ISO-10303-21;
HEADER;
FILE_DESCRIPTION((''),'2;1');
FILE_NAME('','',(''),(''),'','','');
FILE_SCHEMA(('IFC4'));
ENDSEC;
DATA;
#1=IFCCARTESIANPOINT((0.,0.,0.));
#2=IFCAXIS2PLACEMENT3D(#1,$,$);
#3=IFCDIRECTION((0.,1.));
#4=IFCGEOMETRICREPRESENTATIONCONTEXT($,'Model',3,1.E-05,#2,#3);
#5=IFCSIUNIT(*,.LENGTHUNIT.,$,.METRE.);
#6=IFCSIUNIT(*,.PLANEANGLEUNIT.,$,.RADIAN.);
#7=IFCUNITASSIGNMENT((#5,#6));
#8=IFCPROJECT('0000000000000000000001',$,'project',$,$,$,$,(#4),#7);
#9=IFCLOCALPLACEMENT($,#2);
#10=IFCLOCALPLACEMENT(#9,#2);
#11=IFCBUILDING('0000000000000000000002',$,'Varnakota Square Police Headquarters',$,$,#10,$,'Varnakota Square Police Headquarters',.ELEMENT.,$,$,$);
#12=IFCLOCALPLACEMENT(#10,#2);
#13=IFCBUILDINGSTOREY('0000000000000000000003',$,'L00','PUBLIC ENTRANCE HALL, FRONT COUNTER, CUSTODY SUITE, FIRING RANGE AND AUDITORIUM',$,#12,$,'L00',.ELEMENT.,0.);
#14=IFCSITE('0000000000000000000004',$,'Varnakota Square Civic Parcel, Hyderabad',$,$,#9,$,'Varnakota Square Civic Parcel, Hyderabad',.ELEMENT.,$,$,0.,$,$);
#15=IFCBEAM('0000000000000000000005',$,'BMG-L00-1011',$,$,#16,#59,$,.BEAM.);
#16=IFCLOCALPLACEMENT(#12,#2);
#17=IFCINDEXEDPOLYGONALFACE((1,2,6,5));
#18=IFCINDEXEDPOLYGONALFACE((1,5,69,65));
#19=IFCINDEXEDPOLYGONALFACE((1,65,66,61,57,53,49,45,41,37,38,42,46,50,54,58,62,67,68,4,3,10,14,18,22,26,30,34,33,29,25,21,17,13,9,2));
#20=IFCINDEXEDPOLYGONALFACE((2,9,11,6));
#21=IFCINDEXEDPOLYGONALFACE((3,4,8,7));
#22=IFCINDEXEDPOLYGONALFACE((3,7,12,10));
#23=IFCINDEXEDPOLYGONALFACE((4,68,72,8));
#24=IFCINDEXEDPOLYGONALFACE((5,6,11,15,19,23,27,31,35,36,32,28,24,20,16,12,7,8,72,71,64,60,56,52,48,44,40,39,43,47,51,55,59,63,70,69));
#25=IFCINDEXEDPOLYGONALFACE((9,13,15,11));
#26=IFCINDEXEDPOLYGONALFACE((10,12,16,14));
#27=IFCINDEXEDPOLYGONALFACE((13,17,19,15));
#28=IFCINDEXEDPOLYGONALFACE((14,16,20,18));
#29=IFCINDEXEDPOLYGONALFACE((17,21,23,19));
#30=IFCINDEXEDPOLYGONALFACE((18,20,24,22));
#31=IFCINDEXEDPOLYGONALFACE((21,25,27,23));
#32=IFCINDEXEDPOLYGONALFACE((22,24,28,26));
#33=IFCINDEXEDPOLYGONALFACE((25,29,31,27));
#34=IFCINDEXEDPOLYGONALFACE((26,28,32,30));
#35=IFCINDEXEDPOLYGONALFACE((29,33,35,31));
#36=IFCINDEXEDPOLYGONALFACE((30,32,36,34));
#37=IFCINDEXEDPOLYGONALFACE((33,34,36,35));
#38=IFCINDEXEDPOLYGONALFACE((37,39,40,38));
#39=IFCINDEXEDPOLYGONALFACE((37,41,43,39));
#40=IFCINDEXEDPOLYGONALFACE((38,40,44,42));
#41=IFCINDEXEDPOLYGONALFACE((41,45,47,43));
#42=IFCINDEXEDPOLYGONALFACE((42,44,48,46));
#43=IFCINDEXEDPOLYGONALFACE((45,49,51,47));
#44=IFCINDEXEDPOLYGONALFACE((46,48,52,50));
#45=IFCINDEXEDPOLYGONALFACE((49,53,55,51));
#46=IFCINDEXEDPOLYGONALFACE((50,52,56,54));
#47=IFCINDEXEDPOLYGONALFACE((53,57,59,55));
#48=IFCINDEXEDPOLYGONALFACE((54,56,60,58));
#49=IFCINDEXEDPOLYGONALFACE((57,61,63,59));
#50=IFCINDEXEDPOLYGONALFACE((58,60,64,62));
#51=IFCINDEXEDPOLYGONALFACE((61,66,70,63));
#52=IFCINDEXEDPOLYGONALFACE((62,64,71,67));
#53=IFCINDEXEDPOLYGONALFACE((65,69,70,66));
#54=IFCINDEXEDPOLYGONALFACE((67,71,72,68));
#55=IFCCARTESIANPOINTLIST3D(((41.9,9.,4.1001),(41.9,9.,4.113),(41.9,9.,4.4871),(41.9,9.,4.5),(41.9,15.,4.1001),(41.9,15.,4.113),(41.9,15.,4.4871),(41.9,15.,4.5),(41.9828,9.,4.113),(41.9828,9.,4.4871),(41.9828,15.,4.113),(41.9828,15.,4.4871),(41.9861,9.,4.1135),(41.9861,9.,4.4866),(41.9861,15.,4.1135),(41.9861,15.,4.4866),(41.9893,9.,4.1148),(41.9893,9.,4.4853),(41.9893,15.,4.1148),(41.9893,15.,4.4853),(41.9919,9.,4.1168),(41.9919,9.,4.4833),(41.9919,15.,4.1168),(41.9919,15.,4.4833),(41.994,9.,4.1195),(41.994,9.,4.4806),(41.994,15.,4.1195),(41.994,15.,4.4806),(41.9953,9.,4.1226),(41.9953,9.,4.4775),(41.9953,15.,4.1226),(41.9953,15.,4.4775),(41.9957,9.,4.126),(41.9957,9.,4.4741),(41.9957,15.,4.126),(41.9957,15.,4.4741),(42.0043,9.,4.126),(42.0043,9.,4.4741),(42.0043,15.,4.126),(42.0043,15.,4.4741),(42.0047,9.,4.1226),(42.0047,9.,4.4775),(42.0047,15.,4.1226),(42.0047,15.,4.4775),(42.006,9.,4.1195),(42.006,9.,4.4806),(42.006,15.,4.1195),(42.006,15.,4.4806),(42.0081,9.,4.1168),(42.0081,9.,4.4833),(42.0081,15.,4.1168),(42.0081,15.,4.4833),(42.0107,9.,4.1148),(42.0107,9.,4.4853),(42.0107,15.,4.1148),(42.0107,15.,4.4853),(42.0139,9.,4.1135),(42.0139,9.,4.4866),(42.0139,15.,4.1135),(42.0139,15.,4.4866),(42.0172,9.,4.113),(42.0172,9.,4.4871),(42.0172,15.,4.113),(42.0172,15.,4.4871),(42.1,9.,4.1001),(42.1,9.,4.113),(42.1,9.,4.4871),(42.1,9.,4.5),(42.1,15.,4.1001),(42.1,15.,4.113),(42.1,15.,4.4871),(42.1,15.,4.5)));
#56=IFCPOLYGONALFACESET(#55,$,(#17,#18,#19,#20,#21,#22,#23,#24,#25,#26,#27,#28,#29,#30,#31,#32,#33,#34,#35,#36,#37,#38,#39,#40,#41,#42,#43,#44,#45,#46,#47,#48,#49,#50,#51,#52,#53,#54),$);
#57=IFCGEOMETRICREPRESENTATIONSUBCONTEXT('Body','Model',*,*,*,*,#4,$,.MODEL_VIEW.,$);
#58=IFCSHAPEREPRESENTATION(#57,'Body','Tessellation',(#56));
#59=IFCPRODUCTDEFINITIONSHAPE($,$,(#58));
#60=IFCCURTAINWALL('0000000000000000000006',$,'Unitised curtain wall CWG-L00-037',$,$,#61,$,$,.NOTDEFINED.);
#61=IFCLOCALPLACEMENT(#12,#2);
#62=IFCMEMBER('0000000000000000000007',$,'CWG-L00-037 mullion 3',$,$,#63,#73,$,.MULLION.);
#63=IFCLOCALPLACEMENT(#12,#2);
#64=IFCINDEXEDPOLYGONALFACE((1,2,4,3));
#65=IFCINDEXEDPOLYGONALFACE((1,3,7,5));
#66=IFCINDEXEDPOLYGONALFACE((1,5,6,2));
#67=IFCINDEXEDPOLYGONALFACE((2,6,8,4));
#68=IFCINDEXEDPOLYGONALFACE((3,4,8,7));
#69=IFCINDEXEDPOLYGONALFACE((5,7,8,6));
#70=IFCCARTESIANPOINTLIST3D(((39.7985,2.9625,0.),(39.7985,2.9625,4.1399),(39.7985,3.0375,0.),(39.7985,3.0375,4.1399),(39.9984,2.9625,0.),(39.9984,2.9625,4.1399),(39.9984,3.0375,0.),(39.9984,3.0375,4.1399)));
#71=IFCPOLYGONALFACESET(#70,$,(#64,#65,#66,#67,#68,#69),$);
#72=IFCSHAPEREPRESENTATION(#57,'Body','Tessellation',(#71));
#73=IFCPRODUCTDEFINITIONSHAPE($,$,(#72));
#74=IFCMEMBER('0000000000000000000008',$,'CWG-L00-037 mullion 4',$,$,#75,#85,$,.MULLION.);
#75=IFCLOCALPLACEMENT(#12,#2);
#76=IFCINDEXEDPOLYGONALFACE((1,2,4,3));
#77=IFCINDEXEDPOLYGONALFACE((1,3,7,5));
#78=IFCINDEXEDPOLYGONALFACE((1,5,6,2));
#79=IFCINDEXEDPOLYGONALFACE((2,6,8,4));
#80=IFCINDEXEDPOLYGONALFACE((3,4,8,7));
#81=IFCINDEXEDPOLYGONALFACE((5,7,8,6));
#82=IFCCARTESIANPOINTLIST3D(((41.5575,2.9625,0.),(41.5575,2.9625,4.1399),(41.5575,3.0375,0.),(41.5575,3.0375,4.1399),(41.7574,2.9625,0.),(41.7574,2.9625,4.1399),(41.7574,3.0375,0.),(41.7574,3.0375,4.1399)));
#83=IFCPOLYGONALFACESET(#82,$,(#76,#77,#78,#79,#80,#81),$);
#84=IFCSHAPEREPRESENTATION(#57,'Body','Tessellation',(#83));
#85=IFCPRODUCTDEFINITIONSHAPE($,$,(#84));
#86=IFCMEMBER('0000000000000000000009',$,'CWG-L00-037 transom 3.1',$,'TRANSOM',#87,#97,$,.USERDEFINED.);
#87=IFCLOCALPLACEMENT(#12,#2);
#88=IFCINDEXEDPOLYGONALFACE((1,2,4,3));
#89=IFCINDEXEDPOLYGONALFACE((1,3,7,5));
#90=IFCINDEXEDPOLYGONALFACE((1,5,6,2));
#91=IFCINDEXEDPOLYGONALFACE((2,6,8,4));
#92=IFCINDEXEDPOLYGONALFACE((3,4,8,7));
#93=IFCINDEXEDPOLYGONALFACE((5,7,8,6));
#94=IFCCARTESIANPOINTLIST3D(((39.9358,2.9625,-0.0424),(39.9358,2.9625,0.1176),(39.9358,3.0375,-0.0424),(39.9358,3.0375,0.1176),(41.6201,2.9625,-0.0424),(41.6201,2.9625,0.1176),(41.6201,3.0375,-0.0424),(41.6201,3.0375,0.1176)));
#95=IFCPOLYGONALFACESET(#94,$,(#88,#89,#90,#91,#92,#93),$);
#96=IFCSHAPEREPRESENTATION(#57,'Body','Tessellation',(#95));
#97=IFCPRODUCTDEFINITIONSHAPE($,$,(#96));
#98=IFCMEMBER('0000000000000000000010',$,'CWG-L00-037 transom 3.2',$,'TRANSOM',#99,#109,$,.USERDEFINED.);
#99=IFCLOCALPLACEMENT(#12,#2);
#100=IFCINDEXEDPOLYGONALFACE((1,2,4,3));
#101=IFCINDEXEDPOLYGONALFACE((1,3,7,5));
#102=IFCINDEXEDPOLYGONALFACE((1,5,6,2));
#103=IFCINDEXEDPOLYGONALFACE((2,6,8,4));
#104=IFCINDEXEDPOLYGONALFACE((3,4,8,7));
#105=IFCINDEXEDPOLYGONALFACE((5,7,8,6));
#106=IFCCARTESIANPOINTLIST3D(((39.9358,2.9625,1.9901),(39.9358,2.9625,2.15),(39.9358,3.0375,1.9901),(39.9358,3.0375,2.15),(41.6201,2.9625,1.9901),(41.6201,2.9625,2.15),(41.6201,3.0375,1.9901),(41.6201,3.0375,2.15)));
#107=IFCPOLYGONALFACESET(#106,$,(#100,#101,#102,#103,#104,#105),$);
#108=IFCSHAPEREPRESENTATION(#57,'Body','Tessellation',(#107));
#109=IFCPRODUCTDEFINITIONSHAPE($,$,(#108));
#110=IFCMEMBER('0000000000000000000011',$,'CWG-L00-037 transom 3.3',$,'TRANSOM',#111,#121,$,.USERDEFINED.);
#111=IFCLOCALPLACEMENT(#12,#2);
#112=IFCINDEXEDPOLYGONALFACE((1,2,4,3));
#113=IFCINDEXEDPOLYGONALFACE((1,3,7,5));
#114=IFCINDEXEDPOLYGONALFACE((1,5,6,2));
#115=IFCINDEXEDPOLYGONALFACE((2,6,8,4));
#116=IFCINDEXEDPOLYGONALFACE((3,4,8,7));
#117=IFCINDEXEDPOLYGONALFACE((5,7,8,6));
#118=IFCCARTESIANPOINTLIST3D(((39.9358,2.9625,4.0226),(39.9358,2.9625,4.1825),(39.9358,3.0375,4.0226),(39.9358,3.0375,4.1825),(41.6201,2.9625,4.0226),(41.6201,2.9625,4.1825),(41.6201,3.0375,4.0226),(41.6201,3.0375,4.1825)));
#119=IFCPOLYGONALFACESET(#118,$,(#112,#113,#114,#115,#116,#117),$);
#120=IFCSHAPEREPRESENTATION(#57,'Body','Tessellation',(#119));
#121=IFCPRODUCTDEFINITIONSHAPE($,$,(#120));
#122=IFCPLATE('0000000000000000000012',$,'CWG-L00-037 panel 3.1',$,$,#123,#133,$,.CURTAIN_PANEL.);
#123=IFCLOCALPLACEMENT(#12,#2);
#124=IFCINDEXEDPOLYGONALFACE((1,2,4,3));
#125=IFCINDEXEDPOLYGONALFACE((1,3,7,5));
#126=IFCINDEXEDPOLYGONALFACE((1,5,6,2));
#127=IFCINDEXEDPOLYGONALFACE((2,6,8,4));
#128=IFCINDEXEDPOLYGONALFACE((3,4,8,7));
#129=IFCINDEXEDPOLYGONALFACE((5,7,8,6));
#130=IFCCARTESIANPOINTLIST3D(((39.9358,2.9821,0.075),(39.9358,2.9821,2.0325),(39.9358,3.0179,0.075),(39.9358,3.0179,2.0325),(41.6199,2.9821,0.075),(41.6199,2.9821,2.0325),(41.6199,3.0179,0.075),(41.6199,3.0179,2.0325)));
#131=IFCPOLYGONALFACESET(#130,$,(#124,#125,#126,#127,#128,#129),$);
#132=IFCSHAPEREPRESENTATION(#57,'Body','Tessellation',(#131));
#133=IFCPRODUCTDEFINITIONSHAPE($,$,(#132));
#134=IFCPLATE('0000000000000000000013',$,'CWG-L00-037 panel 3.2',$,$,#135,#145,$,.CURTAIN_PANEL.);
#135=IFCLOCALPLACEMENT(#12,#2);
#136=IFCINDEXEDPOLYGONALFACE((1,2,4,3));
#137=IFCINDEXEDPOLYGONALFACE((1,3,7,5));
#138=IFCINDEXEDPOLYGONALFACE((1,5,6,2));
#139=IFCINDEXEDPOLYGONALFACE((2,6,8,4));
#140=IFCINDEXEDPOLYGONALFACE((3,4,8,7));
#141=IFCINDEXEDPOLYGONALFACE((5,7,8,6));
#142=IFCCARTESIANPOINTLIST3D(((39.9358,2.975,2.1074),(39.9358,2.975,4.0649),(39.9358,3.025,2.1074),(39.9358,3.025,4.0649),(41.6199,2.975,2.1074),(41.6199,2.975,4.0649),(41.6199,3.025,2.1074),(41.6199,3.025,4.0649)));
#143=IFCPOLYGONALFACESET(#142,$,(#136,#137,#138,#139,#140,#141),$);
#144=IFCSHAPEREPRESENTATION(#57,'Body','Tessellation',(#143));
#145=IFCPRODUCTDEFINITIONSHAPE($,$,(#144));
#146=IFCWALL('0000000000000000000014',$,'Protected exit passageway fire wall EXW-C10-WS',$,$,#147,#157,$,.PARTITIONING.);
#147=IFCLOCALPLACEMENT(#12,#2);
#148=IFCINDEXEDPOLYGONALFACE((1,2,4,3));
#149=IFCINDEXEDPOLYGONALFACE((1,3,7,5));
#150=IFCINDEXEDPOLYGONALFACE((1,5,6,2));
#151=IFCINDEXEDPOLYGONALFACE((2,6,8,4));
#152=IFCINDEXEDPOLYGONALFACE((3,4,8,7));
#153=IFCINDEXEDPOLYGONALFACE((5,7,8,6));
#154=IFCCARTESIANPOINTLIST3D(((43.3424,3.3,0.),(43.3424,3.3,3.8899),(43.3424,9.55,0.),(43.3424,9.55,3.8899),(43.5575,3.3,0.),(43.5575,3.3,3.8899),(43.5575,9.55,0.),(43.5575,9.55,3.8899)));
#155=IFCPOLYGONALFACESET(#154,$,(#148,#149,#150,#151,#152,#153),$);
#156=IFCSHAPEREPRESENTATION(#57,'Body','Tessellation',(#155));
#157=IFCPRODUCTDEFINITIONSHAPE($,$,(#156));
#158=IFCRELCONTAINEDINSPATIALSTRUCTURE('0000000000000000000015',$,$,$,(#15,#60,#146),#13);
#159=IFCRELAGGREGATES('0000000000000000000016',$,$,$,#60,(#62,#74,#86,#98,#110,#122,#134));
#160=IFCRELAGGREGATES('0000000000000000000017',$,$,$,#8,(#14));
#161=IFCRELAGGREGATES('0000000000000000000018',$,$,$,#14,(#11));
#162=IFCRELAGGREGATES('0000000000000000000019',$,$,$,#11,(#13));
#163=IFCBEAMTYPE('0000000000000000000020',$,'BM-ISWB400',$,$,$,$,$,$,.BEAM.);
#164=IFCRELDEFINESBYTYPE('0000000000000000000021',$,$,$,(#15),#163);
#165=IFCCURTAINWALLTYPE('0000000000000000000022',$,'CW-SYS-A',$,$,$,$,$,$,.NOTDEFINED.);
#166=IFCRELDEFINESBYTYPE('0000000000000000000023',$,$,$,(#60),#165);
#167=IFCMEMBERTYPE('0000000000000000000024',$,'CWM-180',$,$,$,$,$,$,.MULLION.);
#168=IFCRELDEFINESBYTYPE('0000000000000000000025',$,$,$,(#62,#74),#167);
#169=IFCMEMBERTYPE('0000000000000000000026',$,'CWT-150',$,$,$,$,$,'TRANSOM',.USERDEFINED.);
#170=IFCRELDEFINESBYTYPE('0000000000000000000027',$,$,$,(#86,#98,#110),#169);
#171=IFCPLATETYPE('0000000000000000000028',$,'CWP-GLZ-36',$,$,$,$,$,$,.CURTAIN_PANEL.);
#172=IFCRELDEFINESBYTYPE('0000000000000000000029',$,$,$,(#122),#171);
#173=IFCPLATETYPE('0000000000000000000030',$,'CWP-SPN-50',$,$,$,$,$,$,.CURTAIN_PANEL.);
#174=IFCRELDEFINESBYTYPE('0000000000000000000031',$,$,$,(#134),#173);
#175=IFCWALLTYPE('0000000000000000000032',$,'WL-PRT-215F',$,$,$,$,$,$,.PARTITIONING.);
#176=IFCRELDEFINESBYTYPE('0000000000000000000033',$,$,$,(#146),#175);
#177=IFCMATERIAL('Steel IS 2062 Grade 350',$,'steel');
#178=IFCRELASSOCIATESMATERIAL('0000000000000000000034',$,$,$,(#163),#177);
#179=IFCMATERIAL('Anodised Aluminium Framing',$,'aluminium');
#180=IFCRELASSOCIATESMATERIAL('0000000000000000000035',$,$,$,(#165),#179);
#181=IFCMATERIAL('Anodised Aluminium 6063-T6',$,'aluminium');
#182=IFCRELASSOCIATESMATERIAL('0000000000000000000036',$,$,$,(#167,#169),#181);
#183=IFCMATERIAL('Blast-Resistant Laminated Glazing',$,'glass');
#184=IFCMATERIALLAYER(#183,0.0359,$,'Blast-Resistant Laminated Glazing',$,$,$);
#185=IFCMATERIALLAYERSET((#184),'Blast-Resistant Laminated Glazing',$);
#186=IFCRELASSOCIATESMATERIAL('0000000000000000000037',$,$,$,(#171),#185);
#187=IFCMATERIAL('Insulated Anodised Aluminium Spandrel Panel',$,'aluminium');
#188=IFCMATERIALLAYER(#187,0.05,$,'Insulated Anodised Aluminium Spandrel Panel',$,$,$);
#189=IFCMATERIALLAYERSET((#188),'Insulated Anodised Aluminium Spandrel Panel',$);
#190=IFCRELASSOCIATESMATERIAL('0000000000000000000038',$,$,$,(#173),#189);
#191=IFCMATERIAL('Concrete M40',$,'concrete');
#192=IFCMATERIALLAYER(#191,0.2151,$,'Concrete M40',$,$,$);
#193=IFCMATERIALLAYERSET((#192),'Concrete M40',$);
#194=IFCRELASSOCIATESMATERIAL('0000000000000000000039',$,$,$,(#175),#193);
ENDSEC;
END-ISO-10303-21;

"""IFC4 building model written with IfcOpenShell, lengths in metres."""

from ifc_helpers import new_model, si_unit, direction, frame, frame_2d, origin, origin_2d, place, context, subcontext, project, spatial, rectangle, i_section, extrude, material, layer, layer_set, material_profile, profile_set, type_object, element, aggregate, save


model = new_model("IFC4")

# Units and contexts
model_context = context("Model", 3, precision=1e-05, world=origin(), true_north=direction((0.0, 1.0)))
body_context = subcontext(model_context, "Body", "Model", "MODEL_VIEW")
ifc_project = project(units=[si_unit("LENGTHUNIT", "METRE"), si_unit("PLANEANGLEUNIT", "RADIAN")], contexts=[model_context])

# Site, building, storey
site_placement = place(None, origin())
site = spatial("IfcSite", under=ifc_project, at=site_placement, Name="Varnakota Square Civic Parcel, Hyderabad", LongName="Varnakota Square Civic Parcel, Hyderabad", CompositionType="ELEMENT", RefElevation=0.0)
building_placement = place(site_placement, origin())
building = spatial("IfcBuilding", under=site, at=building_placement, Name="Varnakota Square Police Headquarters", LongName="Varnakota Square Police Headquarters", CompositionType="ELEMENT")
storey_placement = place(building_placement, origin())
storey = spatial("IfcBuildingStorey", under=building, at=storey_placement, Name="L00", Description="PUBLIC ENTRANCE HALL, FRONT COUNTER, CUSTODY SUITE, FIRING RANGE AND AUDITORIUM", LongName="L00", CompositionType="ELEMENT", Elevation=0.0)

# Shared definitions
ifc_material_1 = material(Name="Concrete M40", Category="concrete")

# Beam
ifc_material_2 = material(Name="Steel IS 2062 Grade 350", Category="steel")
ifc_material_profile_1 = material_profile(ifc_material_2, i_section(OverallWidth=0.2, OverallDepth=0.3999, WebThickness=0.0085, FlangeThickness=0.0129, FilletRadius=0.0129, at=origin_2d()), Name="ISWB 400")
ifc_profile_set_1 = profile_set([ifc_material_profile_1], Name="Steel IS 2062 Grade 350")
beam_type_1 = type_object("IfcBeamType", Name="BM-ISWB400", PredefinedType="BEAM", material=ifc_profile_set_1)
beam_1_placement = place(storey_placement, frame((42.0, 9.0, 4.3), z_axis=(0.0, 1.0, 0.0), x_axis=(-1.0, 0.0, 0.0)))
element("IfcBeam", 1, at=beam_1_placement, inside=storey, type_object=beam_type_1, Name="BMG-L00-1011", PredefinedType="BEAM", context=body_context, shape_type="SweptSolid", body=[
    extrude(i_section(OverallWidth=0.2, OverallDepth=0.3999, WebThickness=0.0085, FlangeThickness=0.0129, FilletRadius=0.0129, at=origin_2d()), origin(), (0.0, 0.0, 1.0), 6.0),
])

# Curtain wall, members, plates
ifc_material_3 = material(Name="Anodised Aluminium Framing", Category="aluminium")
curtain_wall_type = type_object("IfcCurtainWallType", Name="CW-SYS-A", PredefinedType="NOTDEFINED", material=ifc_material_3)
curtain_wall_placement = place(storey_placement, origin())
curtain_wall = element("IfcCurtainWall", 2, at=curtain_wall_placement, inside=storey, type_object=curtain_wall_type, Name="Unitised curtain wall CWG-L00-037", PredefinedType="NOTDEFINED")
ifc_material_4 = material(Name="Anodised Aluminium 6063-T6", Category="aluminium")
ifc_material_profile_2 = material_profile(ifc_material_4, rectangle(XDim=0.075, YDim=0.2, at=origin_2d()), Name="ALU MULLION 75x200")
ifc_profile_set_2 = profile_set([ifc_material_profile_2], Name="Anodised Aluminium 6063-T6")
member_type_1 = type_object("IfcMemberType", Name="CWM-180", PredefinedType="MULLION", material=ifc_profile_set_2)
member_1_placement = place(storey_placement, frame((39.8984, 3.0, 0.0), z_axis=(0.0, 0.0, 1.0), x_axis=(0.0, 1.0, 0.0)))
member_1 = element("IfcMember", 3, at=member_1_placement, type_object=member_type_1, Name="CWG-L00-037 mullion 3", PredefinedType="MULLION", context=body_context, shape_type="SweptSolid", body=[
    extrude(rectangle(XDim=0.075, YDim=0.2, at=origin_2d()), origin(), (0.0, 0.0, 1.0), 4.1399),
])
member_2_placement = place(storey_placement, frame((41.6575, 3.0, 0.0), z_axis=(0.0, 0.0, 1.0), x_axis=(0.0, 1.0, 0.0)))
member_2 = element("IfcMember", 4, at=member_2_placement, type_object=member_type_1, Name="CWG-L00-037 mullion 4", PredefinedType="MULLION", context=body_context, shape_type="SweptSolid", body=[
    extrude(rectangle(XDim=0.075, YDim=0.2, at=origin_2d()), origin(), (0.0, 0.0, 1.0), 4.1399),
])
ifc_material_profile_3 = material_profile(ifc_material_4, rectangle(XDim=0.075, YDim=0.1599, at=origin_2d()), Name="ALU TRANSOM 75x160")
ifc_profile_set_3 = profile_set([ifc_material_profile_3], Name="Anodised Aluminium 6063-T6")
member_type_2 = type_object("IfcMemberType", Name="CWT-150", ElementType="TRANSOM", PredefinedType="USERDEFINED", material=ifc_profile_set_3)
member_3_placement = place(storey_placement, frame((39.9358, 3.0, 0.0376), z_axis=(1.0, 0.0, 0.0), x_axis=(0.0, 1.0, 0.0)))
member_3 = element("IfcMember", 5, at=member_3_placement, type_object=member_type_2, Name="CWG-L00-037 transom 3.1", ObjectType="TRANSOM", PredefinedType="USERDEFINED", context=body_context, shape_type="SweptSolid", body=[
    extrude(rectangle(XDim=0.075, YDim=0.1599, at=origin_2d()), origin(), (0.0, 0.0, 1.0), 1.6843),
])
member_4_placement = place(storey_placement, frame((39.9358, 3.0, 2.0701), z_axis=(1.0, 0.0, 0.0), x_axis=(0.0, 1.0, 0.0)))
member_4 = element("IfcMember", 6, at=member_4_placement, type_object=member_type_2, Name="CWG-L00-037 transom 3.2", ObjectType="TRANSOM", PredefinedType="USERDEFINED", context=body_context, shape_type="SweptSolid", body=[
    extrude(rectangle(XDim=0.075, YDim=0.1599, at=origin_2d()), origin(), (0.0, 0.0, 1.0), 1.6843),
])
member_5_placement = place(storey_placement, frame((39.9358, 3.0, 4.1025), z_axis=(1.0, 0.0, 0.0), x_axis=(0.0, 1.0, 0.0)))
member_5 = element("IfcMember", 7, at=member_5_placement, type_object=member_type_2, Name="CWG-L00-037 transom 3.3", ObjectType="TRANSOM", PredefinedType="USERDEFINED", context=body_context, shape_type="SweptSolid", body=[
    extrude(rectangle(XDim=0.075, YDim=0.1599, at=origin_2d()), origin(), (0.0, 0.0, 1.0), 1.6843),
])
ifc_material_5 = material(Name="Blast-Resistant Laminated Glazing", Category="glass")
ifc_layer_1 = layer(ifc_material_5, 0.0359, Name="Blast-Resistant Laminated Glazing")
ifc_layer_set_1 = layer_set([ifc_layer_1], Name="Blast-Resistant Laminated Glazing")
plate_type_1 = type_object("IfcPlateType", Name="CWP-GLZ-36", PredefinedType="CURTAIN_PANEL", material=ifc_layer_set_1)
plate_1_placement = place(storey_placement, frame((40.7778, 3.0, 0.075), z_axis=(0.0, 0.0, 1.0), x_axis=(1.0, 0.0, 0.0)))
plate_1 = element("IfcPlate", 8, at=plate_1_placement, type_object=plate_type_1, Name="CWG-L00-037 panel 3.1", PredefinedType="CURTAIN_PANEL", context=body_context, shape_type="SweptSolid", body=[
    extrude(rectangle(XDim=1.6841, YDim=0.0359, at=origin_2d()), origin(), (0.0, 0.0, 1.0), 1.9575),
])
ifc_material_6 = material(Name="Insulated Anodised Aluminium Spandrel Panel", Category="aluminium")
ifc_layer_2 = layer(ifc_material_6, 0.05, Name="Insulated Anodised Aluminium Spandrel Panel")
ifc_layer_set_2 = layer_set([ifc_layer_2], Name="Insulated Anodised Aluminium Spandrel Panel")
plate_type_2 = type_object("IfcPlateType", Name="CWP-SPN-50", PredefinedType="CURTAIN_PANEL", material=ifc_layer_set_2)
plate_2_placement = place(storey_placement, frame((40.7778, 3.0, 2.1074), z_axis=(0.0, 0.0, 1.0), x_axis=(1.0, 0.0, 0.0)))
plate_2 = element("IfcPlate", 9, at=plate_2_placement, type_object=plate_type_2, Name="CWG-L00-037 panel 3.2", PredefinedType="CURTAIN_PANEL", context=body_context, shape_type="SweptSolid", body=[
    extrude(rectangle(XDim=1.6841, YDim=0.05, at=origin_2d()), origin(), (0.0, 0.0, 1.0), 1.9575),
])
aggregate(curtain_wall, [member_1, member_2, member_3, member_4, member_5, plate_1, plate_2])

# Wall
ifc_layer_3 = layer(ifc_material_1, 0.2151, Name="Concrete M40")
ifc_layer_set_3 = layer_set([ifc_layer_3], Name="Concrete M40")
wall_type_1 = type_object("IfcWallType", Name="WL-PRT-215F", PredefinedType="PARTITIONING", material=ifc_layer_set_3)
wall_1_placement = place(storey_placement, frame((43.45, 3.3, 0.0), z_axis=(0.0, 0.0, 1.0), x_axis=(0.0, 1.0, 0.0)))
element("IfcWall", 10, at=wall_1_placement, inside=storey, type_object=wall_type_1, Name="Protected exit passageway fire wall EXW-C10-WS", PredefinedType="PARTITIONING", context=body_context, shape_type="SweptSolid", body=[
    extrude(rectangle(XDim=6.25, YDim=0.2151, at=frame_2d((3.125, 0.0))), origin(), (0.0, 0.0, 1.0), 3.8899),
])

save(model, "model.ifc")
